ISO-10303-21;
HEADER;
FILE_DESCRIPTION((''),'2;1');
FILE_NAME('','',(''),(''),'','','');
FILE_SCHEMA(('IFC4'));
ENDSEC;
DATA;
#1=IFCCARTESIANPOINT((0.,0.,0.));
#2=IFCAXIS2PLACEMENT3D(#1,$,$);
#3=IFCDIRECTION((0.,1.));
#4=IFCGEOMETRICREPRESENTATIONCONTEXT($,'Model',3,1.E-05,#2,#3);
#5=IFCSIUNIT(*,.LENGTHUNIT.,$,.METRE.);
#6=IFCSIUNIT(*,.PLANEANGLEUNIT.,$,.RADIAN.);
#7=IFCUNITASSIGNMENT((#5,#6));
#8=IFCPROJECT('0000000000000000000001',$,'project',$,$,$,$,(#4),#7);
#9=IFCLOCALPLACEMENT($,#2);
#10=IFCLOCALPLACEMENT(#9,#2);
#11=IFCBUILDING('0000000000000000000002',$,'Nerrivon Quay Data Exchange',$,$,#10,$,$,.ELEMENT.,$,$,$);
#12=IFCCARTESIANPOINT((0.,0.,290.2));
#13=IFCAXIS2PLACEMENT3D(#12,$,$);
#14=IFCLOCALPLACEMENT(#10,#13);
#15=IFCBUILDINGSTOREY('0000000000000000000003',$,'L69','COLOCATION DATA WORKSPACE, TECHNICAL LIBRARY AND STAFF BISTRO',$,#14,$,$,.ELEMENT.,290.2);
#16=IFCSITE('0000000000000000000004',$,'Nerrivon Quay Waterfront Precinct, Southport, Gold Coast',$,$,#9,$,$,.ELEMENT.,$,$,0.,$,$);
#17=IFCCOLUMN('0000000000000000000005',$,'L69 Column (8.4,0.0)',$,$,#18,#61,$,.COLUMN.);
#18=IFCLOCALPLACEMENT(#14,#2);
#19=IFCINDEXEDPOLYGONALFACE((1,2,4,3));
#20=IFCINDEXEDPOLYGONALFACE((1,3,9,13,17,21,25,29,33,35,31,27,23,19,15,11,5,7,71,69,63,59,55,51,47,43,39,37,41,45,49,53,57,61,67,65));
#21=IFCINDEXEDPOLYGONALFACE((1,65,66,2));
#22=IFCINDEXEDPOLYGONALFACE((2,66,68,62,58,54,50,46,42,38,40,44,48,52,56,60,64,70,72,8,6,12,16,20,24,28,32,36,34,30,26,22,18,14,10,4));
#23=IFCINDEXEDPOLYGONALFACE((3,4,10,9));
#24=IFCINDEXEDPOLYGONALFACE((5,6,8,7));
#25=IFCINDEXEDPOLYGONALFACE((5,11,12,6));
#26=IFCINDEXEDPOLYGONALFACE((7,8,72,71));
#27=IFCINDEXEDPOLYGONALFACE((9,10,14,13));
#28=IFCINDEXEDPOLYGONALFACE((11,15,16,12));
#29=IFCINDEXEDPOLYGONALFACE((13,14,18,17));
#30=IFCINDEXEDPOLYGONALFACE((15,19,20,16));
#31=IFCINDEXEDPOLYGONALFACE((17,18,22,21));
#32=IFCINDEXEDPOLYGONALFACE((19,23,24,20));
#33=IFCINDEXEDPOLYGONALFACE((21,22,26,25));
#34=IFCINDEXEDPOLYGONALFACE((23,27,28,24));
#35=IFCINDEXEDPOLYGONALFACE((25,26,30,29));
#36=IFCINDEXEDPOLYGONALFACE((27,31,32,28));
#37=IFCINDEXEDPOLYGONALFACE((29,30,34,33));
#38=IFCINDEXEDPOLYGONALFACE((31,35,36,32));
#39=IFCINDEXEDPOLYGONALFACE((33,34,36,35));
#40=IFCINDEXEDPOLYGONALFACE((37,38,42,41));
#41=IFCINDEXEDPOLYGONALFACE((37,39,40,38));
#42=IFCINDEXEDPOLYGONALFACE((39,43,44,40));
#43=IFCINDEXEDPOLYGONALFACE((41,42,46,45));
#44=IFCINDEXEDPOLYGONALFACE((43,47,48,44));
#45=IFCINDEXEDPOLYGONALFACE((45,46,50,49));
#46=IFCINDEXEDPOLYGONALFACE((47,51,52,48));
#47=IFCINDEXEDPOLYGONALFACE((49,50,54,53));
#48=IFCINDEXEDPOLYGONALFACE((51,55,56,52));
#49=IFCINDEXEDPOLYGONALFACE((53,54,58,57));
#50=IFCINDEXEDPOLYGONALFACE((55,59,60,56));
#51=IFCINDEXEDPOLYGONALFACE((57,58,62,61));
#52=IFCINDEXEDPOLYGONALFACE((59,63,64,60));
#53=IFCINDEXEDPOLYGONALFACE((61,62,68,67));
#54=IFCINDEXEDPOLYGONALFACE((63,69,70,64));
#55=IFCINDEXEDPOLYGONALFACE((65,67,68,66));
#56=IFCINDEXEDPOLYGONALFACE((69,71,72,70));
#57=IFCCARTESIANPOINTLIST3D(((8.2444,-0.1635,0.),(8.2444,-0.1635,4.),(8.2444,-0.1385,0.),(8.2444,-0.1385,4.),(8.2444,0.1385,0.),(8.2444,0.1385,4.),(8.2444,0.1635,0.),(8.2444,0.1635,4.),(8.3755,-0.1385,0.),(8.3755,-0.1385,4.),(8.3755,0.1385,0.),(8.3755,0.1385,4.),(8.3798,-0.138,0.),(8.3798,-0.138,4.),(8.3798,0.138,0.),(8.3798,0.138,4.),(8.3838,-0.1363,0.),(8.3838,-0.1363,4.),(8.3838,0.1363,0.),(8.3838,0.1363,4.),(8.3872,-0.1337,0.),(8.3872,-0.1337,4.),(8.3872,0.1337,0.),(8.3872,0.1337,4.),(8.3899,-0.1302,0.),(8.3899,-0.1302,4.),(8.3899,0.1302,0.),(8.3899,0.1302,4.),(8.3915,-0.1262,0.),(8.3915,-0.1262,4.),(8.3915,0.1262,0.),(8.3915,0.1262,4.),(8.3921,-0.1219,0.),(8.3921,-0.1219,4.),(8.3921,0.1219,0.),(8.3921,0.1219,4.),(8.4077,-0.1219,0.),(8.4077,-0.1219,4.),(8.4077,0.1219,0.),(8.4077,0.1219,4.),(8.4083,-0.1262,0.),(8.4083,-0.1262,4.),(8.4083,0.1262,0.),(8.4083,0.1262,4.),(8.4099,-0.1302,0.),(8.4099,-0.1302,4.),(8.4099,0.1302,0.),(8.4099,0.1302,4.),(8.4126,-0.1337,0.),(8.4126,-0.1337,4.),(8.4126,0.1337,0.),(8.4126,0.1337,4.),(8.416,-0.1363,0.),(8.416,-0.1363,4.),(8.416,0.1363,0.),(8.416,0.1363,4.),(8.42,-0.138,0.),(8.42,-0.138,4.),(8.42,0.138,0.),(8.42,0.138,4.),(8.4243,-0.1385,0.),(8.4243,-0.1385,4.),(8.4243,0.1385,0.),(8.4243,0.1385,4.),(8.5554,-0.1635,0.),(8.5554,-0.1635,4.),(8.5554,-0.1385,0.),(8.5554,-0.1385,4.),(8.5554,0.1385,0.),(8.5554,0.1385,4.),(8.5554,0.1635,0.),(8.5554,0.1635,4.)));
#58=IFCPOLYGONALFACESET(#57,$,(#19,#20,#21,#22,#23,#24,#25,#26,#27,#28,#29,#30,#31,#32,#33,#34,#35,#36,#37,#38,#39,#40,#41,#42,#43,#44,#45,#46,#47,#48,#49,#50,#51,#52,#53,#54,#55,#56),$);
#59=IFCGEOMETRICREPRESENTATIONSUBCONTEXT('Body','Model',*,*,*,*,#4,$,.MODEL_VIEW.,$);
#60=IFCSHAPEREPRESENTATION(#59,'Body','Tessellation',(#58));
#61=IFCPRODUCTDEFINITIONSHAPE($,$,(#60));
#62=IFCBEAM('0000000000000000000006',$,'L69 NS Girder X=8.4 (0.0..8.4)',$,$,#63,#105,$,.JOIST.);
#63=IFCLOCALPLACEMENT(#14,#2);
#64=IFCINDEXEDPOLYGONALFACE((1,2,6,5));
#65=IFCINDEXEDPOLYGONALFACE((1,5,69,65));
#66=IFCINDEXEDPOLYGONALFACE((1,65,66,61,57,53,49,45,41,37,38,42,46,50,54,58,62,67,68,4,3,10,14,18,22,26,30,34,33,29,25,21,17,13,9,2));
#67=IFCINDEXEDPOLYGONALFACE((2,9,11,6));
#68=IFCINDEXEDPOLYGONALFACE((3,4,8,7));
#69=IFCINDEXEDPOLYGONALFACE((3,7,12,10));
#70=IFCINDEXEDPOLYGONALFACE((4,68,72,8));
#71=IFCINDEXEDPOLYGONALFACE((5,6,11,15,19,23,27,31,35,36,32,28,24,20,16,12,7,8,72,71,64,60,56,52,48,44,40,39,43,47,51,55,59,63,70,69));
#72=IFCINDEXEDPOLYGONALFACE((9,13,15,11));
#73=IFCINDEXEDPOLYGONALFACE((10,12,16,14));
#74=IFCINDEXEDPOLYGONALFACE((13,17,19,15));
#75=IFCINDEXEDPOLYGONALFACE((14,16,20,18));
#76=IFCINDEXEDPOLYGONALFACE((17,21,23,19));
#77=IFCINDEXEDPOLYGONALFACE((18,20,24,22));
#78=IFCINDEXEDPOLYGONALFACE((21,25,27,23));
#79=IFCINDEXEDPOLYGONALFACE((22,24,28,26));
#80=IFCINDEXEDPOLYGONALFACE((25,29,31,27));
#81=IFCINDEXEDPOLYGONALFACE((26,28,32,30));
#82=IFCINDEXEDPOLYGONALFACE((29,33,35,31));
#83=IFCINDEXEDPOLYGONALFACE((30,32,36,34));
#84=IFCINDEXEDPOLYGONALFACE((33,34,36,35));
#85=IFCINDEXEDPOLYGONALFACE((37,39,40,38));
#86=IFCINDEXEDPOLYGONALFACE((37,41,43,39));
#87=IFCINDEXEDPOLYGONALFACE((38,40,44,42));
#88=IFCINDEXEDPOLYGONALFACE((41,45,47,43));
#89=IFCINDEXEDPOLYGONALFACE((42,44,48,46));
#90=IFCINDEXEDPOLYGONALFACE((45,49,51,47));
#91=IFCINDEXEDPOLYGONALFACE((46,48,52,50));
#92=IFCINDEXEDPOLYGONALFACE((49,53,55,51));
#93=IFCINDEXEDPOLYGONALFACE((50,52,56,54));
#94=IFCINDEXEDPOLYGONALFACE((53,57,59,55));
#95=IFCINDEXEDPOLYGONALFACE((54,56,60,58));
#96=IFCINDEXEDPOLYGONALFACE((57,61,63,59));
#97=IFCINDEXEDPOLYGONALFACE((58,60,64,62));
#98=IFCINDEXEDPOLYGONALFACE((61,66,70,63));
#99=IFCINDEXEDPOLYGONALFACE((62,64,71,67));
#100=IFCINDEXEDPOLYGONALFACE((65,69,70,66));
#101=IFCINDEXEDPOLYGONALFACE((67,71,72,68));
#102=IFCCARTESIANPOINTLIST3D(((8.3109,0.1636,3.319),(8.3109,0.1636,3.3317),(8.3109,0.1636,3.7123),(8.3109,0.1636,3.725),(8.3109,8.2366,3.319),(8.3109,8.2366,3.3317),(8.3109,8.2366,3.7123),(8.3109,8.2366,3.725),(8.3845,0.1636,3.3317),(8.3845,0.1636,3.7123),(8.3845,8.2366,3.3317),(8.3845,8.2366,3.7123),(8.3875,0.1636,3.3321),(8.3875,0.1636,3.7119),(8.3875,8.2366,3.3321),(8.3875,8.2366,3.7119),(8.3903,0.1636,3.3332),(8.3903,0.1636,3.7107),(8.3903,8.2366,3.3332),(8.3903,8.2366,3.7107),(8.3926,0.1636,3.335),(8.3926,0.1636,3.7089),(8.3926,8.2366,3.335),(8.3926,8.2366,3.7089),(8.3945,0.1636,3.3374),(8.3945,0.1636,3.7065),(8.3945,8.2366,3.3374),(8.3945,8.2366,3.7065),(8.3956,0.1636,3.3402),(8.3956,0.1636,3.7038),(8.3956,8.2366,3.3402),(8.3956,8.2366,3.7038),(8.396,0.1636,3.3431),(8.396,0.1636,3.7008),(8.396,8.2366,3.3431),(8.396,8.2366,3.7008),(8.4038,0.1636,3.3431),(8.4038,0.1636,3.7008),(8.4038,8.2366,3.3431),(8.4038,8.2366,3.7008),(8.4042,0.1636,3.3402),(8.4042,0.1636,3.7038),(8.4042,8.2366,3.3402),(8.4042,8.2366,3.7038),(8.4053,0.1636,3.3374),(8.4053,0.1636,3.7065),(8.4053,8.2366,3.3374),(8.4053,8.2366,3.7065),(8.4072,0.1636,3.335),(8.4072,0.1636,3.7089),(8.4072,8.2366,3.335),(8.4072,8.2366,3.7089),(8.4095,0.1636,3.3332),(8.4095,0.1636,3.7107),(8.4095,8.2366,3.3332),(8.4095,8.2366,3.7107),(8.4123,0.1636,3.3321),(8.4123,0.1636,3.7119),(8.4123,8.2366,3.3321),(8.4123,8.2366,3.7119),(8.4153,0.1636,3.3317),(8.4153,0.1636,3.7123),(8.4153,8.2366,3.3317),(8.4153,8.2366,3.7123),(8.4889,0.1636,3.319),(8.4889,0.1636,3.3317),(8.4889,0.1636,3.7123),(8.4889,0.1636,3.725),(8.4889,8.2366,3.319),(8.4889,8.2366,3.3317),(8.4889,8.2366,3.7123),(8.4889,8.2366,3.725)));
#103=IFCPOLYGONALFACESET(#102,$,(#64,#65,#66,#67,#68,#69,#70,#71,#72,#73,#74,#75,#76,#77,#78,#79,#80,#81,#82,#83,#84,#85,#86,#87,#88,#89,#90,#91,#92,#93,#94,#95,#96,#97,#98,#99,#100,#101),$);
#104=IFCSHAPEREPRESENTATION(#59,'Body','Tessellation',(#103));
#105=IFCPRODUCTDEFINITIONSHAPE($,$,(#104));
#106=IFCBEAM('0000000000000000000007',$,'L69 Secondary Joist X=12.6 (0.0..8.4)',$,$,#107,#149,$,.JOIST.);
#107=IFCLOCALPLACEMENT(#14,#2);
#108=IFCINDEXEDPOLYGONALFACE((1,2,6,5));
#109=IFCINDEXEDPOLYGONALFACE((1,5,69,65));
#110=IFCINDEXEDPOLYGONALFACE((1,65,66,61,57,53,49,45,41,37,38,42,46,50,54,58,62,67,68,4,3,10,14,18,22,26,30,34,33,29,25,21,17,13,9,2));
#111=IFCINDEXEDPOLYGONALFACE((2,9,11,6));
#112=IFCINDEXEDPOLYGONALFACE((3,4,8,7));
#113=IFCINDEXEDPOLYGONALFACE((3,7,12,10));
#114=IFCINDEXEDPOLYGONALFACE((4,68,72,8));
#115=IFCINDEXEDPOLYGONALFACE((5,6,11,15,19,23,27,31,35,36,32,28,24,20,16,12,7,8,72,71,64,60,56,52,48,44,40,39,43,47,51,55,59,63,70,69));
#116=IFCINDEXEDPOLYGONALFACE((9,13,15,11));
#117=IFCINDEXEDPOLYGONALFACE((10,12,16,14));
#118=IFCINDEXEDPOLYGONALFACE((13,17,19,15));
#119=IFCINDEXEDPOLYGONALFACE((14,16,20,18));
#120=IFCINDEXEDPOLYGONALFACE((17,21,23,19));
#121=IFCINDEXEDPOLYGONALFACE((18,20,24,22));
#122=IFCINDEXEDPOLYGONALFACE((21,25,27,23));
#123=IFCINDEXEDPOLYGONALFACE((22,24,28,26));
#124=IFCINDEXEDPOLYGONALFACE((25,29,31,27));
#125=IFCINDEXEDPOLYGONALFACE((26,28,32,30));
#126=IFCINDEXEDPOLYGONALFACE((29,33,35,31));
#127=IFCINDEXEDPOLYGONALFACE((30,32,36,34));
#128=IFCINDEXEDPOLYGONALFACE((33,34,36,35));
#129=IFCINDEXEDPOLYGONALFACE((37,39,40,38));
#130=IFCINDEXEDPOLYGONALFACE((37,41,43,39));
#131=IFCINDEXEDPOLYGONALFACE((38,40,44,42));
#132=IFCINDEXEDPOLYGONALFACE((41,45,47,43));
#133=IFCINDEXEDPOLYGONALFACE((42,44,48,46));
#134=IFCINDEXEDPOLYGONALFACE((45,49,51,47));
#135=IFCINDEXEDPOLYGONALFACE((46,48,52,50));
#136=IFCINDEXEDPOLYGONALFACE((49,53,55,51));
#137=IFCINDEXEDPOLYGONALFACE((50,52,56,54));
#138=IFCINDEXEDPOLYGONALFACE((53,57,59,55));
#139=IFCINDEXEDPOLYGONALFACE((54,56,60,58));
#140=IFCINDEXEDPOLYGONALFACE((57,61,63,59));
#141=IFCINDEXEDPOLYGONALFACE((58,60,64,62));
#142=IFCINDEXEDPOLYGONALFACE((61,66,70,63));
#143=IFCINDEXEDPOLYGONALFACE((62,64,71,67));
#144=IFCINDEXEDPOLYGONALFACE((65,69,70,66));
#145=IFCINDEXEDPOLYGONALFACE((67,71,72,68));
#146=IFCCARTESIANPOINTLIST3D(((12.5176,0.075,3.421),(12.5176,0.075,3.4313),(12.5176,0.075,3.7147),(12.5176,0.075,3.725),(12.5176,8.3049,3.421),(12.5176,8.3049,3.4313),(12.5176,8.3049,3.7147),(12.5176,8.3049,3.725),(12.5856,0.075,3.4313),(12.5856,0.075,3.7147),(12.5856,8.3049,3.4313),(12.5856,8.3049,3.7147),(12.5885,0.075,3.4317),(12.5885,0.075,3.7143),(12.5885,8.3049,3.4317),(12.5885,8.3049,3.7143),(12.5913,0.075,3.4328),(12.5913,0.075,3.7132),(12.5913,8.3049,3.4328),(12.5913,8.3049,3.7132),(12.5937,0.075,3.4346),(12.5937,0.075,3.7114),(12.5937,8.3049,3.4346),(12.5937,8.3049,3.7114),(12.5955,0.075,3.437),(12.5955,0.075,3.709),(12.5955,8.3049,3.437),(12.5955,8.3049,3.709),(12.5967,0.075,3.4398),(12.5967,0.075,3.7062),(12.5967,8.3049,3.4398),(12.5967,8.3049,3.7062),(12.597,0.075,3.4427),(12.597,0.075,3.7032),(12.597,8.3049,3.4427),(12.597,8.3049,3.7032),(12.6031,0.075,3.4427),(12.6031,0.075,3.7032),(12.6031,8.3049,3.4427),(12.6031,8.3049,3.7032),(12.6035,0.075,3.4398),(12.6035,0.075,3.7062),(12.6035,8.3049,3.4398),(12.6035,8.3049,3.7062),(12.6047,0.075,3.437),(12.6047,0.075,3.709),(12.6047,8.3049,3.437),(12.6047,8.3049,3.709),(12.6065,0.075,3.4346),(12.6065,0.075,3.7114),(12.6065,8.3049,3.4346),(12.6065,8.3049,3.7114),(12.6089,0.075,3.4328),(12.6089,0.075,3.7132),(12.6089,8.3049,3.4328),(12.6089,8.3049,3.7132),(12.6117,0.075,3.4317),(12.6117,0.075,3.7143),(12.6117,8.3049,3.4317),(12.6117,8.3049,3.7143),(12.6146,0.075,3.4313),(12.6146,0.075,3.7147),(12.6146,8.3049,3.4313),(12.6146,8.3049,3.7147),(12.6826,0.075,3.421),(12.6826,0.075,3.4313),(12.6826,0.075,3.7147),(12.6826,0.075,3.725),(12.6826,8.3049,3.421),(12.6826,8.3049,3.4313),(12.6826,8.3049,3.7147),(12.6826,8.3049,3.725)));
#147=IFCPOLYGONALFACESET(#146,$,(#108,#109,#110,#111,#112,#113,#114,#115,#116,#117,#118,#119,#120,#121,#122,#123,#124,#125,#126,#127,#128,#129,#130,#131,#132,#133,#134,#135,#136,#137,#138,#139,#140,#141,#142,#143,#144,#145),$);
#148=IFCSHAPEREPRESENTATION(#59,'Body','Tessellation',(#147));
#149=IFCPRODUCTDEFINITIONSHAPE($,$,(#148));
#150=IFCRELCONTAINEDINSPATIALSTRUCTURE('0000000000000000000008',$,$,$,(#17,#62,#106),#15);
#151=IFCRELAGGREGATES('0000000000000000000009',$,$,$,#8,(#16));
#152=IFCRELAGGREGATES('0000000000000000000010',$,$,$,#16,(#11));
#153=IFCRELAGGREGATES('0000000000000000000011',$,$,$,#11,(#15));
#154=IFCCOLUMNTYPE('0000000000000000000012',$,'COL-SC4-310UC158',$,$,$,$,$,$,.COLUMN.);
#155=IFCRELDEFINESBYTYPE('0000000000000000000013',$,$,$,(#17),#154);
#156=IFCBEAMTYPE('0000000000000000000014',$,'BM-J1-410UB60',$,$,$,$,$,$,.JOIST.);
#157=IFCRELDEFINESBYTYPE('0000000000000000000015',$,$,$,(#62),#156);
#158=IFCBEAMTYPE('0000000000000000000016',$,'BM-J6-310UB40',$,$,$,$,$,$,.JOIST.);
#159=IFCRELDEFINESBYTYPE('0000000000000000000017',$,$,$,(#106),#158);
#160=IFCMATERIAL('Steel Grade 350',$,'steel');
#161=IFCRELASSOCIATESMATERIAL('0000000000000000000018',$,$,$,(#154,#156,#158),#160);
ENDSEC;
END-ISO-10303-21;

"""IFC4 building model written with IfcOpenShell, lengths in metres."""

from ifc_helpers import new_model, si_unit, direction, frame, origin, origin_2d, place, context, subcontext, project, spatial, i_section, extrude, material, material_profile, profile_set, type_object, element, save


model = new_model("IFC4")

# Units and contexts
model_context = context("Model", 3, precision=1e-05, world=origin(), true_north=direction((0.0, 1.0)))
body_context = subcontext(model_context, "Body", "Model", "MODEL_VIEW")
ifc_project = project(units=[si_unit("LENGTHUNIT", "METRE"), si_unit("PLANEANGLEUNIT", "RADIAN")], contexts=[model_context])

# Site, building, storey
site_placement = place(None, origin())
site = spatial("IfcSite", under=ifc_project, at=site_placement, Name="Nerrivon Quay Waterfront Precinct, Southport, Gold Coast", CompositionType="ELEMENT", RefElevation=0.0)
building_placement = place(site_placement, origin())
building = spatial("IfcBuilding", under=site, at=building_placement, Name="Nerrivon Quay Data Exchange", CompositionType="ELEMENT")
storey_placement = place(building_placement, frame((0.0, 0.0, 290.2)))
storey = spatial("IfcBuildingStorey", under=building, at=storey_placement, Name="L69", Description="COLOCATION DATA WORKSPACE, TECHNICAL LIBRARY AND STAFF BISTRO", CompositionType="ELEMENT", Elevation=290.2)

# Column
ifc_material_1 = material(Name="Steel Grade 350", Category="steel")
ifc_material_profile_1 = material_profile(ifc_material_1, i_section(OverallWidth=0.311, OverallDepth=0.3269, WebThickness=0.0156, FlangeThickness=0.0249, FilletRadius=0.0166, at=origin_2d()), Name="310UC158")
ifc_profile_set_1 = profile_set([ifc_material_profile_1], Name="Steel Grade 350")
column_type = type_object("IfcColumnType", Name="COL-SC4-310UC158", PredefinedType="COLUMN", material=ifc_profile_set_1)
column_placement = place(storey_placement, frame((8.3999, 0.0, 0.0), z_axis=(0.0, 0.0, 1.0), x_axis=(1.0, 0.0, 0.0)))
element("IfcColumn", 1, at=column_placement, inside=storey, type_object=column_type, Name="L69 Column (8.4,0.0)", PredefinedType="COLUMN", context=body_context, shape_type="SweptSolid", body=[
    extrude(i_section(OverallWidth=0.311, OverallDepth=0.3269, WebThickness=0.0156, FlangeThickness=0.0249, FilletRadius=0.0166, at=origin_2d()), origin(), (0.0, 0.0, 1.0), 4.0),
])

# Beams
ifc_material_profile_2 = material_profile(ifc_material_1, i_section(OverallWidth=0.178, OverallDepth=0.406, WebThickness=0.0078, FlangeThickness=0.0127, FilletRadius=0.0115, at=origin_2d()), Name="410UB59.7")
ifc_profile_set_2 = profile_set([ifc_material_profile_2], Name="Steel Grade 350")
beam_type_1 = type_object("IfcBeamType", Name="BM-J1-410UB60", PredefinedType="JOIST", material=ifc_profile_set_2)
beam_1_placement = place(storey_placement, frame((8.3999, 0.1636, 3.522), z_axis=(0.0, 1.0, 0.0), x_axis=(-1.0, 0.0, 0.0)))
element("IfcBeam", 2, at=beam_1_placement, inside=storey, type_object=beam_type_1, Name="L69 NS Girder X=8.4 (0.0..8.4)", PredefinedType="JOIST", context=body_context, shape_type="SweptSolid", body=[
    extrude(i_section(OverallWidth=0.178, OverallDepth=0.406, WebThickness=0.0078, FlangeThickness=0.0127, FilletRadius=0.0115, at=origin_2d()), origin(), (0.0, 0.0, 1.0), 8.073),
])
ifc_material_profile_3 = material_profile(ifc_material_1, i_section(OverallWidth=0.165, OverallDepth=0.304, WebThickness=0.0061, FlangeThickness=0.0103, FilletRadius=0.0115, at=origin_2d()), Name="310UB40.4")
ifc_profile_set_3 = profile_set([ifc_material_profile_3], Name="Steel Grade 350")
beam_type_2 = type_object("IfcBeamType", Name="BM-J6-310UB40", PredefinedType="JOIST", material=ifc_profile_set_3)
beam_2_placement = place(storey_placement, frame((12.6001, 0.075, 3.573), z_axis=(0.0, 1.0, 0.0), x_axis=(-1.0, 0.0, 0.0)))
element("IfcBeam", 3, at=beam_2_placement, inside=storey, type_object=beam_type_2, Name="L69 Secondary Joist X=12.6 (0.0..8.4)", PredefinedType="JOIST", context=body_context, shape_type="SweptSolid", body=[
    extrude(i_section(OverallWidth=0.165, OverallDepth=0.304, WebThickness=0.0061, FlangeThickness=0.0103, FilletRadius=0.0115, at=origin_2d()), origin(), (0.0, 0.0, 1.0), 8.23),
])

save(model, "model.ifc")
